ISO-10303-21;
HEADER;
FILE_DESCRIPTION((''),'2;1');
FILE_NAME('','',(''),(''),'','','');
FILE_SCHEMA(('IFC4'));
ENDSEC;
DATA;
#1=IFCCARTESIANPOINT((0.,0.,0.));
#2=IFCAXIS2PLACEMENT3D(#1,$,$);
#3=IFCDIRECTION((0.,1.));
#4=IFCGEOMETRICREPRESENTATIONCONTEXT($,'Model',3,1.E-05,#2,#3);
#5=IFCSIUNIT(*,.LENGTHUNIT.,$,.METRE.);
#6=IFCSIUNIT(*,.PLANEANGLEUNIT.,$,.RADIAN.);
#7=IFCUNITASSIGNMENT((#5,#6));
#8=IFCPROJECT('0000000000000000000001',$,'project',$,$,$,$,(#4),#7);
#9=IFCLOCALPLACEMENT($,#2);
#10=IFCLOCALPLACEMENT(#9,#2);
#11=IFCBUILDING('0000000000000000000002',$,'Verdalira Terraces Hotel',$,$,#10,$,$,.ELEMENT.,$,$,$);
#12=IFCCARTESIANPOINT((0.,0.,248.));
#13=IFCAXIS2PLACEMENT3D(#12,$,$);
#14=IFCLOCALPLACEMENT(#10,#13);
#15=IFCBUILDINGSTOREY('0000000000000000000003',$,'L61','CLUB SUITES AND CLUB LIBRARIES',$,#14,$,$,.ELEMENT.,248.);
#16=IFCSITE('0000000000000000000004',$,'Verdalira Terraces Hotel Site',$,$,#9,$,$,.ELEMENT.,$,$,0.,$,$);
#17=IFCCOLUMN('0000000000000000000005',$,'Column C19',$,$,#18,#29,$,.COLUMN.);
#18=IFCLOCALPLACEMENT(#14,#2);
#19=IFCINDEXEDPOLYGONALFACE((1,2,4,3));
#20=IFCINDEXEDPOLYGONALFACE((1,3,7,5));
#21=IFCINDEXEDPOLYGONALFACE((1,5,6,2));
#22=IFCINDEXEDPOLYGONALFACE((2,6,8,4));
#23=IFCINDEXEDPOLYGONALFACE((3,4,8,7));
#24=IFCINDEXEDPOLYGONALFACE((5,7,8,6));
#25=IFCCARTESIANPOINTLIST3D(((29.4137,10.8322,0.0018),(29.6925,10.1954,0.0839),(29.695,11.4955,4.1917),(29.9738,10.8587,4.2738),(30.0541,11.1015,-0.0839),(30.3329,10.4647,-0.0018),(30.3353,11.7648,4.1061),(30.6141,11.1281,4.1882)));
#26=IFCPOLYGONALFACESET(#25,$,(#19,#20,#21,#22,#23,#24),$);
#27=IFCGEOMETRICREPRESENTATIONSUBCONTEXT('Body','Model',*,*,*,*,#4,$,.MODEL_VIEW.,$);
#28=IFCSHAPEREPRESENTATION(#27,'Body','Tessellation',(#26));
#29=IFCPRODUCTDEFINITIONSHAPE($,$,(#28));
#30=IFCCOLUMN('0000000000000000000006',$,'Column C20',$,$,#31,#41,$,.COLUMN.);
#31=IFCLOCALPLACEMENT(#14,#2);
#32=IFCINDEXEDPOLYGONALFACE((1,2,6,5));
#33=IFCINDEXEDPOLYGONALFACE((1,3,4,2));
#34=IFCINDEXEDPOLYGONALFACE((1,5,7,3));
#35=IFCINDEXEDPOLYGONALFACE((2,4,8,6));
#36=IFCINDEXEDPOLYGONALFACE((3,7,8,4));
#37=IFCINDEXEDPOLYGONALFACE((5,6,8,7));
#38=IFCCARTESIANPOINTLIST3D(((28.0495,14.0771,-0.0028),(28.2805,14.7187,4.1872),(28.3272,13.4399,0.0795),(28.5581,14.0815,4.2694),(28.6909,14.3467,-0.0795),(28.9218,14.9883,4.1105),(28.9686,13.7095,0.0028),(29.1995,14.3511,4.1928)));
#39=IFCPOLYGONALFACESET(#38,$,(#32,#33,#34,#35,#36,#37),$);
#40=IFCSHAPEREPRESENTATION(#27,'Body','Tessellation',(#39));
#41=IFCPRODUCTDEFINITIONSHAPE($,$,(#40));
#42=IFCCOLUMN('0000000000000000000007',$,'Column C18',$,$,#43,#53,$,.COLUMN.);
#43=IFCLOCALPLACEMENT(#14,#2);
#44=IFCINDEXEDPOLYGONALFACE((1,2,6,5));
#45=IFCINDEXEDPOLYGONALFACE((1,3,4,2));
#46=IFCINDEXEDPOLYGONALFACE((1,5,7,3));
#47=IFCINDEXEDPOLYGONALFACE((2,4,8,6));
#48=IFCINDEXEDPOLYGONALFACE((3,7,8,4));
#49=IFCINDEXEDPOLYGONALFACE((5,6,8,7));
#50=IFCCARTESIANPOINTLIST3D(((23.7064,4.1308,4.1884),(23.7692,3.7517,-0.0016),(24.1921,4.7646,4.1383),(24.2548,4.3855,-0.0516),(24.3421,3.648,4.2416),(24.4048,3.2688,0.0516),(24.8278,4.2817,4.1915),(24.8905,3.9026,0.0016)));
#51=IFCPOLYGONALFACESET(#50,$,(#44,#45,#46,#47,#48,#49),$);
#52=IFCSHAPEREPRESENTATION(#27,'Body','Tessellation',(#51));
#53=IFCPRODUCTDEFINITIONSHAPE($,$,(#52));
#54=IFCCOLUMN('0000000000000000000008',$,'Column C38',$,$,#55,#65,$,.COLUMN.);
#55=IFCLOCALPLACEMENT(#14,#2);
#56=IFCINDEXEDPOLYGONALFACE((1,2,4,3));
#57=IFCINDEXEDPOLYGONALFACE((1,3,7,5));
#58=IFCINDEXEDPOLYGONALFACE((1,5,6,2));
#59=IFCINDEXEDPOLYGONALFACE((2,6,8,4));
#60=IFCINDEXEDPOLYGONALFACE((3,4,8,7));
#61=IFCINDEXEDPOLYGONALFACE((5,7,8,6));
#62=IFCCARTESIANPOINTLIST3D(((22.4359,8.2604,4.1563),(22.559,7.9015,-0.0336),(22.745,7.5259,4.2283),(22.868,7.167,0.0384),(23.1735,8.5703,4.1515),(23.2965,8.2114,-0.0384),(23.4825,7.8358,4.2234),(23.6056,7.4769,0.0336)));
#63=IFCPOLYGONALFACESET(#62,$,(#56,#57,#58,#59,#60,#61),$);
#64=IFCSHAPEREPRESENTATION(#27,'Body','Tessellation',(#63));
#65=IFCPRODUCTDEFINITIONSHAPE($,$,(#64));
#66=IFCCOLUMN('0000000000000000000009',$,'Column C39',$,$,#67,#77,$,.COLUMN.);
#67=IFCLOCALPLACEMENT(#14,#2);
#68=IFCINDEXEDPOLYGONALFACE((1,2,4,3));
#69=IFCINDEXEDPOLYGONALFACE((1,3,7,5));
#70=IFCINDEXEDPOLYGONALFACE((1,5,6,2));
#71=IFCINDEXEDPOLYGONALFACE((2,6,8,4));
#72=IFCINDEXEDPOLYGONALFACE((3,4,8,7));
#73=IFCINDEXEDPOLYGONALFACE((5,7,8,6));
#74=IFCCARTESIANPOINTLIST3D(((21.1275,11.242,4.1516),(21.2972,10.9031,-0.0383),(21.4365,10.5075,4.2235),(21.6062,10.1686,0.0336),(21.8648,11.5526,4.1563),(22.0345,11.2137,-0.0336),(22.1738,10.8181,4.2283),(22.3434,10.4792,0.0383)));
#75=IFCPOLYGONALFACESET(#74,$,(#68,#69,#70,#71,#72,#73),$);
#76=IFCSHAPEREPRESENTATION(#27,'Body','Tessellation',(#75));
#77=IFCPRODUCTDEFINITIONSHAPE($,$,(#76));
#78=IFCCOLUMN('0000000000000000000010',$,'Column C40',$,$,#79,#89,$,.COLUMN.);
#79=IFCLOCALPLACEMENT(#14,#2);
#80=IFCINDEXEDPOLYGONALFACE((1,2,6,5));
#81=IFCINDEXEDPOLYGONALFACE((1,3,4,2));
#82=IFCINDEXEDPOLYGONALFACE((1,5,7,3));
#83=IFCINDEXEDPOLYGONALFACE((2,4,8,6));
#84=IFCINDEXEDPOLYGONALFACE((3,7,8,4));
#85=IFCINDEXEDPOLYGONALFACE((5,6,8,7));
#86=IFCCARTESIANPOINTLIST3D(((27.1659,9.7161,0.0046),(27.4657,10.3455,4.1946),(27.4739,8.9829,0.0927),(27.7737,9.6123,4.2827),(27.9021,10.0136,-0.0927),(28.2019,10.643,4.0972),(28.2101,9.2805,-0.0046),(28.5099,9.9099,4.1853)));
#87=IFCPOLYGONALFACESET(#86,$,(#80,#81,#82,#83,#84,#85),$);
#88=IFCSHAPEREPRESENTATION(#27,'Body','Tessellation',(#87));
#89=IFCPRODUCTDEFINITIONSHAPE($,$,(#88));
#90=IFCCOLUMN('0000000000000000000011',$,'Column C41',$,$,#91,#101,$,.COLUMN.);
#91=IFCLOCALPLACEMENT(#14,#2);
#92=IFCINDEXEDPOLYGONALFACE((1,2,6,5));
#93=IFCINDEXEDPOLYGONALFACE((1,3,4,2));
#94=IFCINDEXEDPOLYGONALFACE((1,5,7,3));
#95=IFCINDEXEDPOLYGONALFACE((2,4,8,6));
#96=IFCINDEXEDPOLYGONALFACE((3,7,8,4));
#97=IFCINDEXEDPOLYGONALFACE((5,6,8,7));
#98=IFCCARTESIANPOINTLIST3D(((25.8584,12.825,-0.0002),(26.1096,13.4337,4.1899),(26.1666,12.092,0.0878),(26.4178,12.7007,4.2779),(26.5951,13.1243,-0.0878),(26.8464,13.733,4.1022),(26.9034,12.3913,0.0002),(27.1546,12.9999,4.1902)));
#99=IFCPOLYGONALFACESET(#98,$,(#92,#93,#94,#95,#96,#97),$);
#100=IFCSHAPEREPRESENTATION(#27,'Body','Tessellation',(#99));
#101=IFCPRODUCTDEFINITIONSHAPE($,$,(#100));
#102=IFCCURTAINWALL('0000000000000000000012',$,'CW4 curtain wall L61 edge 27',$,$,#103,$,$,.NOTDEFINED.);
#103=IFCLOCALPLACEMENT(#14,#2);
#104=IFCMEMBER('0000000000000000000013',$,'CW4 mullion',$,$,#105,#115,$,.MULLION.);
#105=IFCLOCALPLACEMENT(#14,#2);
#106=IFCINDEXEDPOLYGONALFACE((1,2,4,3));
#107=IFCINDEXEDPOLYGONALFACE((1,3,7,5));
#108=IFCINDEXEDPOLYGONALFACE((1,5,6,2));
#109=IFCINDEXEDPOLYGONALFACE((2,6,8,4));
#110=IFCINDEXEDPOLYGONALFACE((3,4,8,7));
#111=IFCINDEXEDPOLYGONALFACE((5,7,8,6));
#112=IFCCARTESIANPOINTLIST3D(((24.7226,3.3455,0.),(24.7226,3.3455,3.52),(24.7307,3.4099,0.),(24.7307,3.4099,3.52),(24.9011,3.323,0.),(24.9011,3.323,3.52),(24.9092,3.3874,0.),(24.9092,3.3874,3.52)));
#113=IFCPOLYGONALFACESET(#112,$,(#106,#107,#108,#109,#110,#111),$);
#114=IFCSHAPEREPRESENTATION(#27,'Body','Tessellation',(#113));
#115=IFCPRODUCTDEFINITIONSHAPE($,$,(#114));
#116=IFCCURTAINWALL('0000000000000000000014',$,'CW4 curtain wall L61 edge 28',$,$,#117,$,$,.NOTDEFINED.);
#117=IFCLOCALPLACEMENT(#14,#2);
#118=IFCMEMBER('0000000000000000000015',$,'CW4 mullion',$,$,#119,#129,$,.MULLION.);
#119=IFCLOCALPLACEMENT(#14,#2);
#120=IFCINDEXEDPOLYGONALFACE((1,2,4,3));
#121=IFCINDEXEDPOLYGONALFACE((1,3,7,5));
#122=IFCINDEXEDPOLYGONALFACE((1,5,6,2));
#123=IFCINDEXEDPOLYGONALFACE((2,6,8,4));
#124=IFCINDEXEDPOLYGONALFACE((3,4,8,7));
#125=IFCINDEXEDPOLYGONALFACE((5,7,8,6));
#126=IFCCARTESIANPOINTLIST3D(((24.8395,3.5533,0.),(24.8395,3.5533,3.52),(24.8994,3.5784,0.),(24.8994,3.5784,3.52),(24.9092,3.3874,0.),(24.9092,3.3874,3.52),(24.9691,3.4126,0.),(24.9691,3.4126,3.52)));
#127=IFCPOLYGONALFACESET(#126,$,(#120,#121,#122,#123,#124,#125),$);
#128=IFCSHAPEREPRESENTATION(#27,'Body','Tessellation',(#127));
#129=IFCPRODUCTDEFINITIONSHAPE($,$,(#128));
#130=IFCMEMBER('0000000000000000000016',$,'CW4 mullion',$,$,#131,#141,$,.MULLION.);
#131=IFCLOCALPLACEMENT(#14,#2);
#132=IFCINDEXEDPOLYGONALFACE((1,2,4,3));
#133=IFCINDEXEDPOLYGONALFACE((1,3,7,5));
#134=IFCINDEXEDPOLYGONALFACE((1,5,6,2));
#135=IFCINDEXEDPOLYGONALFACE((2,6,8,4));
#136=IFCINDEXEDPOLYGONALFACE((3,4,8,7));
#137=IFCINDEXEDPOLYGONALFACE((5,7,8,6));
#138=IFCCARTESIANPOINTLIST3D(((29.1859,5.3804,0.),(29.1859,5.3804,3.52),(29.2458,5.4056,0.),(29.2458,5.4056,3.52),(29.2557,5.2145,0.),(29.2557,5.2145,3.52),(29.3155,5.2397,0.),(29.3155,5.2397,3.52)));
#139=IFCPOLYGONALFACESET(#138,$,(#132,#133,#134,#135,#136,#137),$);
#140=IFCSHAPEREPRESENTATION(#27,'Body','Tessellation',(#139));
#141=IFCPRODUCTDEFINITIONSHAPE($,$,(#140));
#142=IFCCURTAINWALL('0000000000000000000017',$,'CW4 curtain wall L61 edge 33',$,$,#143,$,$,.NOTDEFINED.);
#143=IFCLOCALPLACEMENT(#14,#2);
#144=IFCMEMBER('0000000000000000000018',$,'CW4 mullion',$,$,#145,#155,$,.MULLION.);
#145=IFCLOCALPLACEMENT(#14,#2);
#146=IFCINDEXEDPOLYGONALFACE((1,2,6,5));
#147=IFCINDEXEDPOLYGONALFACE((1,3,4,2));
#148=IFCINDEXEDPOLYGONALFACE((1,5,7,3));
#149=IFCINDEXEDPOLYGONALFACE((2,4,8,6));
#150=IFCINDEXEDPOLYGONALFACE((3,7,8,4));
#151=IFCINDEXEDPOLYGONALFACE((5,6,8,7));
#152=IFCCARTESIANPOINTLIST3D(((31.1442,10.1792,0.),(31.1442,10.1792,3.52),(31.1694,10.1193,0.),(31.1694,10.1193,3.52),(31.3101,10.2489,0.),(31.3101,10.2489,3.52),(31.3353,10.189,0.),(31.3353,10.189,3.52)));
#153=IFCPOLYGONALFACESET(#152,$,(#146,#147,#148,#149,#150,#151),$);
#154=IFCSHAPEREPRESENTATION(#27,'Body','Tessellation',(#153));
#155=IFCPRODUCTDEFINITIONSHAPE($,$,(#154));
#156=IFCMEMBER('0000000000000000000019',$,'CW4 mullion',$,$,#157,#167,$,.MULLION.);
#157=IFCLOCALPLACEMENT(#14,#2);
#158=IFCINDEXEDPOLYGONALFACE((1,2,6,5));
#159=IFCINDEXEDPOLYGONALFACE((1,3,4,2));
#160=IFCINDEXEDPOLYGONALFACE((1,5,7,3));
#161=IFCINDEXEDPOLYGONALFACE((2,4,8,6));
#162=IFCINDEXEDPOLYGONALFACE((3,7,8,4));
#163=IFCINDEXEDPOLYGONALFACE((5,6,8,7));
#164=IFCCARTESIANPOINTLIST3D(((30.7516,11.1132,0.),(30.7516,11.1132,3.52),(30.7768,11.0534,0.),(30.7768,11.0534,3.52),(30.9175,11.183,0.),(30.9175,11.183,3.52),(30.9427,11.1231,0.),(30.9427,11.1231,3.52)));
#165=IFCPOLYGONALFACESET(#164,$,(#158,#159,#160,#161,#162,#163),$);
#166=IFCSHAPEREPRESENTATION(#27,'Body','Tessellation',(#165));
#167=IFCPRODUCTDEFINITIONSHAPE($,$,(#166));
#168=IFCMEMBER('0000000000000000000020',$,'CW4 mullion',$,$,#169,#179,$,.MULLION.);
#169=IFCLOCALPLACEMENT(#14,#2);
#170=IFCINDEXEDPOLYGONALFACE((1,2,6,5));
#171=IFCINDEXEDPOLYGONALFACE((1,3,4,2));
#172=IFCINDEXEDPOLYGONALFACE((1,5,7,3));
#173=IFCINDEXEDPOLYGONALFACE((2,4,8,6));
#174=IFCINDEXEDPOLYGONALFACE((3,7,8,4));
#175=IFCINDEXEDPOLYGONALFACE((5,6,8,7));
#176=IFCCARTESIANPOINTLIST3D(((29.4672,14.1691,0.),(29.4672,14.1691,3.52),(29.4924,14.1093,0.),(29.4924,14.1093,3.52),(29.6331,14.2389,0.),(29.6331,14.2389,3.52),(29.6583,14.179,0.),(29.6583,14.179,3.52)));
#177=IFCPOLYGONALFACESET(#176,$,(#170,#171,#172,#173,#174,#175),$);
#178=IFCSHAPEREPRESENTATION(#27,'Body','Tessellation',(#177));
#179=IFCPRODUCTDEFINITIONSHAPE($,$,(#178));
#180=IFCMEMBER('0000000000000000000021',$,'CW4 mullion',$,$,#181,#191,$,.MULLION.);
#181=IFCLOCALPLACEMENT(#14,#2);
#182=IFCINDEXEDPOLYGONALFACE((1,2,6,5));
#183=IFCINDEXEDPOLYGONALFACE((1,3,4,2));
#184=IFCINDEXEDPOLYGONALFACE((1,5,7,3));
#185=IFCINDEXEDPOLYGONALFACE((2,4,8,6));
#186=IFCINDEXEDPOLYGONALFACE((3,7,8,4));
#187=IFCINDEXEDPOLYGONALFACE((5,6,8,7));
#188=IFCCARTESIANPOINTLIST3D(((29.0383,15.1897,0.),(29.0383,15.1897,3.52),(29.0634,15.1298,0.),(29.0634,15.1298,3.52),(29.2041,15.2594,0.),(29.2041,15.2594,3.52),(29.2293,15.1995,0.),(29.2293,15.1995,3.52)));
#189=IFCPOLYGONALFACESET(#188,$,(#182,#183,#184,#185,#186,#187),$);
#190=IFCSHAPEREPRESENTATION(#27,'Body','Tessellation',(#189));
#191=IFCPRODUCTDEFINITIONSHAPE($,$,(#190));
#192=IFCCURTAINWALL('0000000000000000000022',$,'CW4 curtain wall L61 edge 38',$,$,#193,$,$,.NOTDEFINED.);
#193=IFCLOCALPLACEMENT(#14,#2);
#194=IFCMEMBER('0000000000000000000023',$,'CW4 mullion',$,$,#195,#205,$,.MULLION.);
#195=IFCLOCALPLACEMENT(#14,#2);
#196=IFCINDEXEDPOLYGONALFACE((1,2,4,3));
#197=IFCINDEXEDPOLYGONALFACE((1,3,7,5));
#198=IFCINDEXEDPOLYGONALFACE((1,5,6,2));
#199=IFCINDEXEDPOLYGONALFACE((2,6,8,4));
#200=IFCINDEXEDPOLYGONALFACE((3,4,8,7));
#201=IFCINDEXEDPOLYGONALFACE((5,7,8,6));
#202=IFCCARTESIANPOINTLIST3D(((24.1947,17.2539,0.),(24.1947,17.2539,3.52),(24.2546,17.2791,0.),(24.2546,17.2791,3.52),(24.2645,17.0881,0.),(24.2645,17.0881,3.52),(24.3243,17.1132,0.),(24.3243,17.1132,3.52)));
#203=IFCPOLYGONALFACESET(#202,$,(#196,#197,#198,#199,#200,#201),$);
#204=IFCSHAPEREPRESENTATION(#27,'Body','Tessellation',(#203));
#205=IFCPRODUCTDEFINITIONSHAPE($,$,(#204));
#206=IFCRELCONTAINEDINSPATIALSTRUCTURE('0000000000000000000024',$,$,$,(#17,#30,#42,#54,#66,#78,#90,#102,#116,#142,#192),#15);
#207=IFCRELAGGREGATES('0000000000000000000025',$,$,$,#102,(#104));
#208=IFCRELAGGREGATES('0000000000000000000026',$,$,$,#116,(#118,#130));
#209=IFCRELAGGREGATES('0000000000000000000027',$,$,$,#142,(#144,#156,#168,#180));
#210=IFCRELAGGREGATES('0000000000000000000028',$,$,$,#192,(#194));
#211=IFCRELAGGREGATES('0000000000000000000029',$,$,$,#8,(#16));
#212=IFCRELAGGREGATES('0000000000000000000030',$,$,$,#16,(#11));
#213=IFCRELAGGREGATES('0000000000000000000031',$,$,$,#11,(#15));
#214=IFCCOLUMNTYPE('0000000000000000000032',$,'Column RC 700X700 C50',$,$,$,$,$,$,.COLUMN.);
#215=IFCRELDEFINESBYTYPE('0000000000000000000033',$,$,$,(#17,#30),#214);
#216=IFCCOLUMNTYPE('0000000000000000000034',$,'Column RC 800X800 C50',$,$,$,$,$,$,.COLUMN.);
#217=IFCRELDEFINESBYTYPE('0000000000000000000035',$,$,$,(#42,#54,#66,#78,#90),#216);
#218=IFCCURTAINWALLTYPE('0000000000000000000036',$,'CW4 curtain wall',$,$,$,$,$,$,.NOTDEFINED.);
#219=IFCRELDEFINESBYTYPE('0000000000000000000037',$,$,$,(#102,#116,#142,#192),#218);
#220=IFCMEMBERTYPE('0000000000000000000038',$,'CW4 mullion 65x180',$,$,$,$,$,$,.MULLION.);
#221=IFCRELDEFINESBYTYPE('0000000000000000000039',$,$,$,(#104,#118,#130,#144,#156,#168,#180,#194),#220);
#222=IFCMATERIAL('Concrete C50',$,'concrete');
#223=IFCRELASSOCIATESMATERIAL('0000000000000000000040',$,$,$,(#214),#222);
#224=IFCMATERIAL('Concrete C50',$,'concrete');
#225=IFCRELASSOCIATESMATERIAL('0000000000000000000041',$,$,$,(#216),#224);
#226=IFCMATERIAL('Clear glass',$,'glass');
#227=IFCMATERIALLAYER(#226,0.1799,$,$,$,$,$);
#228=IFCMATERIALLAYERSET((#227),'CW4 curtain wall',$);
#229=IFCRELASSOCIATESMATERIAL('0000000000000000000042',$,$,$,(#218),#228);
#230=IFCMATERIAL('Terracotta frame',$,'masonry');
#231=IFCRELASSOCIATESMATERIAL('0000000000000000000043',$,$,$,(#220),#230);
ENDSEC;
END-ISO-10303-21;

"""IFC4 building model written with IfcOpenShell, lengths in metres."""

from ifc_helpers import new_model, si_unit, direction, frame, origin, origin_2d, place, context, subcontext, project, spatial, rectangle, extrude, material, layer, layer_set, material_profile, profile_set, type_object, element, aggregate, save


model = new_model("IFC4")

# Units and contexts
model_context = context("Model", 3, precision=1e-05, world=origin(), true_north=direction((0.0, 1.0)))
body_context = subcontext(model_context, "Body", "Model", "MODEL_VIEW")
ifc_project = project(units=[si_unit("LENGTHUNIT", "METRE"), si_unit("PLANEANGLEUNIT", "RADIAN")], contexts=[model_context])

# Site, building, storey
site_placement = place(None, origin())
site = spatial("IfcSite", under=ifc_project, at=site_placement, Name="Verdalira Terraces Hotel Site", CompositionType="ELEMENT", RefElevation=0.0)
building_placement = place(site_placement, origin())
building = spatial("IfcBuilding", under=site, at=building_placement, Name="Verdalira Terraces Hotel", CompositionType="ELEMENT")
storey_placement = place(building_placement, frame((0.0, 0.0, 248.0)))
storey = spatial("IfcBuildingStorey", under=building, at=storey_placement, Name="L61", Description="CLUB SUITES AND CLUB LIBRARIES", CompositionType="ELEMENT", Elevation=248.0)

# Columns
ifc_material_1 = material(Name="Concrete C50", Category="concrete")
ifc_material_profile_1 = material_profile(ifc_material_1, rectangle(XDim=0.7, YDim=0.7, at=origin_2d()), Name="RC 700X700")
ifc_profile_set_1 = profile_set([ifc_material_profile_1], Name="Concrete C50")
column_type_1 = type_object("IfcColumnType", Name="Column RC 700X700 C50", PredefinedType="COLUMN", material=ifc_profile_set_1)
column_1_placement = place(storey_placement, frame((29.8733, 10.6484, 0.0), z_axis=(0.066154, 0.156025, 0.985535), x_axis=(-0.398294, 0.909728, -0.117288)))
element("IfcColumn", 1, at=column_1_placement, inside=storey, type_object=column_type_1, Name="Column C19", PredefinedType="COLUMN", context=body_context, shape_type="SweptSolid", body=[
    extrude(rectangle(XDim=0.7, YDim=0.7, at=origin_2d()), origin(), (0.0, 0.0, 1.0), 4.2515),
])
column_2_placement = place(storey_placement, frame((28.509, 13.8933, 0.0), z_axis=(0.054406, 0.15114, 0.987014), x_axis=(-0.396715, 0.910385, -0.117539)))
element("IfcColumn", 2, at=column_2_placement, inside=storey, type_object=column_type_1, Name="Column C20", PredefinedType="COLUMN", context=body_context, shape_type="SweptSolid", body=[
    extrude(rectangle(XDim=0.7, YDim=0.7, at=origin_2d()), origin(), (0.0, 0.0, 1.0), 4.2451),
])
ifc_material_2 = material(Name="Concrete C50", Category="concrete")
ifc_material_profile_2 = material_profile(ifc_material_2, rectangle(XDim=0.8, YDim=0.8, at=origin_2d()), Name="RC 800X800")
ifc_profile_set_2 = profile_set([ifc_material_profile_2], Name="Concrete C50")
column_type_2 = type_object("IfcColumnType", Name="Column RC 800X800 C50", PredefinedType="COLUMN", material=ifc_profile_set_2)
column_3_placement = place(storey_placement, frame((24.3298, 3.8271, 0.0), z_axis=(-0.014912, 0.090112, 0.99582), x_axis=(-0.607053, -0.792192, 0.062595)))
element("IfcColumn", 3, at=column_3_placement, inside=storey, type_object=column_type_2, Name="Column C18", PredefinedType="COLUMN", context=body_context, shape_type="SweptSolid", body=[
    extrude(rectangle(XDim=0.8, YDim=0.8, at=origin_2d()), origin(), (0.0, 0.0, 1.0), 4.2075),
])
for number, where, z_axis, x_axis, name in (
    (4, (23.0823, 7.6892, 0.0), (-0.029248, 0.085305, 0.995925), (0.921919, 0.387334, -0.006103), "Column C38"),
    (5, (21.8203, 10.6912, 0.0), (-0.040332, 0.080548, 0.995934), (0.921538, 0.388243, 0.005919), "Column C39"),
):
    element("IfcColumn", number, at=place(storey_placement, frame(where, z_axis=z_axis, x_axis=x_axis)), inside=storey, type_object=column_type_2, Name=name, PredefinedType="COLUMN", context=body_context, shape_type="SweptSolid", body=[
        extrude(rectangle(XDim=0.8, YDim=0.8, at=origin_2d()), origin(), (0.0, 0.0, 1.0), 4.207),
    ])
column_4_placement = place(storey_placement, frame((27.688, 9.4983, 0.0), z_axis=(0.070583, 0.148178, 0.986439), x_axis=(0.920239, 0.371948, -0.121719)))
element("IfcColumn", 6, at=column_4_placement, inside=storey, type_object=column_type_2, Name="Column C40", PredefinedType="COLUMN", context=body_context, shape_type="SweptSolid", body=[
    extrude(rectangle(XDim=0.8, YDim=0.8, at=origin_2d()), origin(), (0.0, 0.0, 1.0), 4.2476),
])
column_5_placement = place(storey_placement, frame((26.3809, 12.6082, 0.0), z_axis=(0.059231, 0.143502, 0.987876), x_axis=(0.920904, 0.374077, -0.109555)))
element("IfcColumn", 7, at=column_5_placement, inside=storey, type_object=column_type_2, Name="Column C41", PredefinedType="COLUMN", context=body_context, shape_type="SweptSolid", body=[
    extrude(rectangle(XDim=0.8, YDim=0.8, at=origin_2d()), origin(), (0.0, 0.0, 1.0), 4.2415),
])

# Curtain wall, member
ifc_material_3 = material(Name="Clear glass", Category="glass")
ifc_layer_1 = layer(ifc_material_3, 0.1799)
ifc_layer_set_1 = layer_set([ifc_layer_1], Name="CW4 curtain wall")
curtain_wall_type = type_object("IfcCurtainWallType", Name="CW4 curtain wall", PredefinedType="NOTDEFINED", material=ifc_layer_set_1)
curtain_wall_1_placement = place(storey_placement, origin())
curtain_wall_1 = element("IfcCurtainWall", 8, at=curtain_wall_1_placement, inside=storey, type_object=curtain_wall_type, Name="CW4 curtain wall L61 edge 27", PredefinedType="NOTDEFINED")
ifc_material_4 = material(Name="Terracotta frame", Category="masonry")
ifc_material_profile_3 = material_profile(ifc_material_4, rectangle(XDim=0.0649, YDim=0.1799, at=origin_2d()), Name="MU 65x180")
ifc_profile_set_3 = profile_set([ifc_material_profile_3], Name="Terracotta frame")
member_type_1 = type_object("IfcMemberType", Name="CW4 mullion 65x180", PredefinedType="MULLION", material=ifc_profile_set_3)
member_1_placement = place(storey_placement, frame((24.8159, 3.3665, 0.0), z_axis=(0.0, 0.0, 1.0), x_axis=(0.125333, 0.992115, 0.0)))
member_1 = element("IfcMember", 9, at=member_1_placement, type_object=member_type_1, Name="CW4 mullion", PredefinedType="MULLION", context=body_context, shape_type="SweptSolid", body=[
    extrude(rectangle(XDim=0.0649, YDim=0.1799, at=origin_2d()), origin(), (0.0, 0.0, 1.0), 3.52),
])
aggregate(curtain_wall_1, [member_1])

# Curtain walls, members
curtain_wall_2_placement = place(storey_placement, origin())
curtain_wall_2 = element("IfcCurtainWall", 10, at=curtain_wall_2_placement, inside=storey, type_object=curtain_wall_type, Name="CW4 curtain wall L61 edge 28", PredefinedType="NOTDEFINED")
member_2_placement = place(storey_placement, frame((24.9043, 3.4829, 0.0), z_axis=(0.0, 0.0, 1.0), x_axis=(0.921863, 0.387516, 0.0)))
member_2 = element("IfcMember", 11, at=member_2_placement, type_object=member_type_1, Name="CW4 mullion", PredefinedType="MULLION", context=body_context, shape_type="SweptSolid", body=[
    extrude(rectangle(XDim=0.0649, YDim=0.1799, at=origin_2d()), origin(), (0.0, 0.0, 1.0), 3.52),
])
member_3_placement = place(storey_placement, frame((29.2507, 5.3101, 0.0), z_axis=(0.0, 0.0, 1.0), x_axis=(0.921863, 0.387516, 0.0)))
member_3 = element("IfcMember", 12, at=member_3_placement, type_object=member_type_1, Name="CW4 mullion", PredefinedType="MULLION", context=body_context, shape_type="SweptSolid", body=[
    extrude(rectangle(XDim=0.0649, YDim=0.1799, at=origin_2d()), origin(), (0.0, 0.0, 1.0), 3.52),
])
curtain_wall_3_placement = place(storey_placement, origin())
curtain_wall_3 = element("IfcCurtainWall", 13, at=curtain_wall_3_placement, inside=storey, type_object=curtain_wall_type, Name="CW4 curtain wall L61 edge 33", PredefinedType="NOTDEFINED")
member_4_placement = place(storey_placement, frame((31.2397, 10.1841, 0.0), z_axis=(0.0, 0.0, 1.0), x_axis=(-0.387516, 0.921863, 0.0)))
member_4 = element("IfcMember", 14, at=member_4_placement, type_object=member_type_1, Name="CW4 mullion", PredefinedType="MULLION", context=body_context, shape_type="SweptSolid", body=[
    extrude(rectangle(XDim=0.0649, YDim=0.1799, at=origin_2d()), origin(), (0.0, 0.0, 1.0), 3.52),
])
member_5_placement = place(storey_placement, frame((30.8472, 11.1182, 0.0), z_axis=(0.0, 0.0, 1.0), x_axis=(-0.387516, 0.921863, 0.0)))
member_5 = element("IfcMember", 15, at=member_5_placement, type_object=member_type_1, Name="CW4 mullion", PredefinedType="MULLION", context=body_context, shape_type="SweptSolid", body=[
    extrude(rectangle(XDim=0.0649, YDim=0.1799, at=origin_2d()), origin(), (0.0, 0.0, 1.0), 3.52),
])
member_6_placement = place(storey_placement, frame((29.5627, 14.1741, 0.0), z_axis=(0.0, 0.0, 1.0), x_axis=(-0.387516, 0.921863, 0.0)))
member_6 = element("IfcMember", 16, at=member_6_placement, type_object=member_type_1, Name="CW4 mullion", PredefinedType="MULLION", context=body_context, shape_type="SweptSolid", body=[
    extrude(rectangle(XDim=0.0649, YDim=0.1799, at=origin_2d()), origin(), (0.0, 0.0, 1.0), 3.52),
])
member_7_placement = place(storey_placement, frame((29.1338, 15.1946, 0.0), z_axis=(0.0, 0.0, 1.0), x_axis=(-0.387516, 0.921863, 0.0)))
member_7 = element("IfcMember", 17, at=member_7_placement, type_object=member_type_1, Name="CW4 mullion", PredefinedType="MULLION", context=body_context, shape_type="SweptSolid", body=[
    extrude(rectangle(XDim=0.0649, YDim=0.1799, at=origin_2d()), origin(), (0.0, 0.0, 1.0), 3.52),
])
curtain_wall_4_placement = place(storey_placement, origin())
curtain_wall_4 = element("IfcCurtainWall", 18, at=curtain_wall_4_placement, inside=storey, type_object=curtain_wall_type, Name="CW4 curtain wall L61 edge 38", PredefinedType="NOTDEFINED")
member_8_placement = place(storey_placement, frame((24.2595, 17.1836, 0.0), z_axis=(0.0, 0.0, 1.0), x_axis=(-0.921863, -0.387516, 0.0)))
member_8 = element("IfcMember", 19, at=member_8_placement, type_object=member_type_1, Name="CW4 mullion", PredefinedType="MULLION", context=body_context, shape_type="SweptSolid", body=[
    extrude(rectangle(XDim=0.0649, YDim=0.1799, at=origin_2d()), origin(), (0.0, 0.0, 1.0), 3.52),
])

aggregate(curtain_wall_2, [member_2, member_3])
aggregate(curtain_wall_3, [member_4, member_5, member_6, member_7])
aggregate(curtain_wall_4, [member_8])

save(model, "model.ifc")
